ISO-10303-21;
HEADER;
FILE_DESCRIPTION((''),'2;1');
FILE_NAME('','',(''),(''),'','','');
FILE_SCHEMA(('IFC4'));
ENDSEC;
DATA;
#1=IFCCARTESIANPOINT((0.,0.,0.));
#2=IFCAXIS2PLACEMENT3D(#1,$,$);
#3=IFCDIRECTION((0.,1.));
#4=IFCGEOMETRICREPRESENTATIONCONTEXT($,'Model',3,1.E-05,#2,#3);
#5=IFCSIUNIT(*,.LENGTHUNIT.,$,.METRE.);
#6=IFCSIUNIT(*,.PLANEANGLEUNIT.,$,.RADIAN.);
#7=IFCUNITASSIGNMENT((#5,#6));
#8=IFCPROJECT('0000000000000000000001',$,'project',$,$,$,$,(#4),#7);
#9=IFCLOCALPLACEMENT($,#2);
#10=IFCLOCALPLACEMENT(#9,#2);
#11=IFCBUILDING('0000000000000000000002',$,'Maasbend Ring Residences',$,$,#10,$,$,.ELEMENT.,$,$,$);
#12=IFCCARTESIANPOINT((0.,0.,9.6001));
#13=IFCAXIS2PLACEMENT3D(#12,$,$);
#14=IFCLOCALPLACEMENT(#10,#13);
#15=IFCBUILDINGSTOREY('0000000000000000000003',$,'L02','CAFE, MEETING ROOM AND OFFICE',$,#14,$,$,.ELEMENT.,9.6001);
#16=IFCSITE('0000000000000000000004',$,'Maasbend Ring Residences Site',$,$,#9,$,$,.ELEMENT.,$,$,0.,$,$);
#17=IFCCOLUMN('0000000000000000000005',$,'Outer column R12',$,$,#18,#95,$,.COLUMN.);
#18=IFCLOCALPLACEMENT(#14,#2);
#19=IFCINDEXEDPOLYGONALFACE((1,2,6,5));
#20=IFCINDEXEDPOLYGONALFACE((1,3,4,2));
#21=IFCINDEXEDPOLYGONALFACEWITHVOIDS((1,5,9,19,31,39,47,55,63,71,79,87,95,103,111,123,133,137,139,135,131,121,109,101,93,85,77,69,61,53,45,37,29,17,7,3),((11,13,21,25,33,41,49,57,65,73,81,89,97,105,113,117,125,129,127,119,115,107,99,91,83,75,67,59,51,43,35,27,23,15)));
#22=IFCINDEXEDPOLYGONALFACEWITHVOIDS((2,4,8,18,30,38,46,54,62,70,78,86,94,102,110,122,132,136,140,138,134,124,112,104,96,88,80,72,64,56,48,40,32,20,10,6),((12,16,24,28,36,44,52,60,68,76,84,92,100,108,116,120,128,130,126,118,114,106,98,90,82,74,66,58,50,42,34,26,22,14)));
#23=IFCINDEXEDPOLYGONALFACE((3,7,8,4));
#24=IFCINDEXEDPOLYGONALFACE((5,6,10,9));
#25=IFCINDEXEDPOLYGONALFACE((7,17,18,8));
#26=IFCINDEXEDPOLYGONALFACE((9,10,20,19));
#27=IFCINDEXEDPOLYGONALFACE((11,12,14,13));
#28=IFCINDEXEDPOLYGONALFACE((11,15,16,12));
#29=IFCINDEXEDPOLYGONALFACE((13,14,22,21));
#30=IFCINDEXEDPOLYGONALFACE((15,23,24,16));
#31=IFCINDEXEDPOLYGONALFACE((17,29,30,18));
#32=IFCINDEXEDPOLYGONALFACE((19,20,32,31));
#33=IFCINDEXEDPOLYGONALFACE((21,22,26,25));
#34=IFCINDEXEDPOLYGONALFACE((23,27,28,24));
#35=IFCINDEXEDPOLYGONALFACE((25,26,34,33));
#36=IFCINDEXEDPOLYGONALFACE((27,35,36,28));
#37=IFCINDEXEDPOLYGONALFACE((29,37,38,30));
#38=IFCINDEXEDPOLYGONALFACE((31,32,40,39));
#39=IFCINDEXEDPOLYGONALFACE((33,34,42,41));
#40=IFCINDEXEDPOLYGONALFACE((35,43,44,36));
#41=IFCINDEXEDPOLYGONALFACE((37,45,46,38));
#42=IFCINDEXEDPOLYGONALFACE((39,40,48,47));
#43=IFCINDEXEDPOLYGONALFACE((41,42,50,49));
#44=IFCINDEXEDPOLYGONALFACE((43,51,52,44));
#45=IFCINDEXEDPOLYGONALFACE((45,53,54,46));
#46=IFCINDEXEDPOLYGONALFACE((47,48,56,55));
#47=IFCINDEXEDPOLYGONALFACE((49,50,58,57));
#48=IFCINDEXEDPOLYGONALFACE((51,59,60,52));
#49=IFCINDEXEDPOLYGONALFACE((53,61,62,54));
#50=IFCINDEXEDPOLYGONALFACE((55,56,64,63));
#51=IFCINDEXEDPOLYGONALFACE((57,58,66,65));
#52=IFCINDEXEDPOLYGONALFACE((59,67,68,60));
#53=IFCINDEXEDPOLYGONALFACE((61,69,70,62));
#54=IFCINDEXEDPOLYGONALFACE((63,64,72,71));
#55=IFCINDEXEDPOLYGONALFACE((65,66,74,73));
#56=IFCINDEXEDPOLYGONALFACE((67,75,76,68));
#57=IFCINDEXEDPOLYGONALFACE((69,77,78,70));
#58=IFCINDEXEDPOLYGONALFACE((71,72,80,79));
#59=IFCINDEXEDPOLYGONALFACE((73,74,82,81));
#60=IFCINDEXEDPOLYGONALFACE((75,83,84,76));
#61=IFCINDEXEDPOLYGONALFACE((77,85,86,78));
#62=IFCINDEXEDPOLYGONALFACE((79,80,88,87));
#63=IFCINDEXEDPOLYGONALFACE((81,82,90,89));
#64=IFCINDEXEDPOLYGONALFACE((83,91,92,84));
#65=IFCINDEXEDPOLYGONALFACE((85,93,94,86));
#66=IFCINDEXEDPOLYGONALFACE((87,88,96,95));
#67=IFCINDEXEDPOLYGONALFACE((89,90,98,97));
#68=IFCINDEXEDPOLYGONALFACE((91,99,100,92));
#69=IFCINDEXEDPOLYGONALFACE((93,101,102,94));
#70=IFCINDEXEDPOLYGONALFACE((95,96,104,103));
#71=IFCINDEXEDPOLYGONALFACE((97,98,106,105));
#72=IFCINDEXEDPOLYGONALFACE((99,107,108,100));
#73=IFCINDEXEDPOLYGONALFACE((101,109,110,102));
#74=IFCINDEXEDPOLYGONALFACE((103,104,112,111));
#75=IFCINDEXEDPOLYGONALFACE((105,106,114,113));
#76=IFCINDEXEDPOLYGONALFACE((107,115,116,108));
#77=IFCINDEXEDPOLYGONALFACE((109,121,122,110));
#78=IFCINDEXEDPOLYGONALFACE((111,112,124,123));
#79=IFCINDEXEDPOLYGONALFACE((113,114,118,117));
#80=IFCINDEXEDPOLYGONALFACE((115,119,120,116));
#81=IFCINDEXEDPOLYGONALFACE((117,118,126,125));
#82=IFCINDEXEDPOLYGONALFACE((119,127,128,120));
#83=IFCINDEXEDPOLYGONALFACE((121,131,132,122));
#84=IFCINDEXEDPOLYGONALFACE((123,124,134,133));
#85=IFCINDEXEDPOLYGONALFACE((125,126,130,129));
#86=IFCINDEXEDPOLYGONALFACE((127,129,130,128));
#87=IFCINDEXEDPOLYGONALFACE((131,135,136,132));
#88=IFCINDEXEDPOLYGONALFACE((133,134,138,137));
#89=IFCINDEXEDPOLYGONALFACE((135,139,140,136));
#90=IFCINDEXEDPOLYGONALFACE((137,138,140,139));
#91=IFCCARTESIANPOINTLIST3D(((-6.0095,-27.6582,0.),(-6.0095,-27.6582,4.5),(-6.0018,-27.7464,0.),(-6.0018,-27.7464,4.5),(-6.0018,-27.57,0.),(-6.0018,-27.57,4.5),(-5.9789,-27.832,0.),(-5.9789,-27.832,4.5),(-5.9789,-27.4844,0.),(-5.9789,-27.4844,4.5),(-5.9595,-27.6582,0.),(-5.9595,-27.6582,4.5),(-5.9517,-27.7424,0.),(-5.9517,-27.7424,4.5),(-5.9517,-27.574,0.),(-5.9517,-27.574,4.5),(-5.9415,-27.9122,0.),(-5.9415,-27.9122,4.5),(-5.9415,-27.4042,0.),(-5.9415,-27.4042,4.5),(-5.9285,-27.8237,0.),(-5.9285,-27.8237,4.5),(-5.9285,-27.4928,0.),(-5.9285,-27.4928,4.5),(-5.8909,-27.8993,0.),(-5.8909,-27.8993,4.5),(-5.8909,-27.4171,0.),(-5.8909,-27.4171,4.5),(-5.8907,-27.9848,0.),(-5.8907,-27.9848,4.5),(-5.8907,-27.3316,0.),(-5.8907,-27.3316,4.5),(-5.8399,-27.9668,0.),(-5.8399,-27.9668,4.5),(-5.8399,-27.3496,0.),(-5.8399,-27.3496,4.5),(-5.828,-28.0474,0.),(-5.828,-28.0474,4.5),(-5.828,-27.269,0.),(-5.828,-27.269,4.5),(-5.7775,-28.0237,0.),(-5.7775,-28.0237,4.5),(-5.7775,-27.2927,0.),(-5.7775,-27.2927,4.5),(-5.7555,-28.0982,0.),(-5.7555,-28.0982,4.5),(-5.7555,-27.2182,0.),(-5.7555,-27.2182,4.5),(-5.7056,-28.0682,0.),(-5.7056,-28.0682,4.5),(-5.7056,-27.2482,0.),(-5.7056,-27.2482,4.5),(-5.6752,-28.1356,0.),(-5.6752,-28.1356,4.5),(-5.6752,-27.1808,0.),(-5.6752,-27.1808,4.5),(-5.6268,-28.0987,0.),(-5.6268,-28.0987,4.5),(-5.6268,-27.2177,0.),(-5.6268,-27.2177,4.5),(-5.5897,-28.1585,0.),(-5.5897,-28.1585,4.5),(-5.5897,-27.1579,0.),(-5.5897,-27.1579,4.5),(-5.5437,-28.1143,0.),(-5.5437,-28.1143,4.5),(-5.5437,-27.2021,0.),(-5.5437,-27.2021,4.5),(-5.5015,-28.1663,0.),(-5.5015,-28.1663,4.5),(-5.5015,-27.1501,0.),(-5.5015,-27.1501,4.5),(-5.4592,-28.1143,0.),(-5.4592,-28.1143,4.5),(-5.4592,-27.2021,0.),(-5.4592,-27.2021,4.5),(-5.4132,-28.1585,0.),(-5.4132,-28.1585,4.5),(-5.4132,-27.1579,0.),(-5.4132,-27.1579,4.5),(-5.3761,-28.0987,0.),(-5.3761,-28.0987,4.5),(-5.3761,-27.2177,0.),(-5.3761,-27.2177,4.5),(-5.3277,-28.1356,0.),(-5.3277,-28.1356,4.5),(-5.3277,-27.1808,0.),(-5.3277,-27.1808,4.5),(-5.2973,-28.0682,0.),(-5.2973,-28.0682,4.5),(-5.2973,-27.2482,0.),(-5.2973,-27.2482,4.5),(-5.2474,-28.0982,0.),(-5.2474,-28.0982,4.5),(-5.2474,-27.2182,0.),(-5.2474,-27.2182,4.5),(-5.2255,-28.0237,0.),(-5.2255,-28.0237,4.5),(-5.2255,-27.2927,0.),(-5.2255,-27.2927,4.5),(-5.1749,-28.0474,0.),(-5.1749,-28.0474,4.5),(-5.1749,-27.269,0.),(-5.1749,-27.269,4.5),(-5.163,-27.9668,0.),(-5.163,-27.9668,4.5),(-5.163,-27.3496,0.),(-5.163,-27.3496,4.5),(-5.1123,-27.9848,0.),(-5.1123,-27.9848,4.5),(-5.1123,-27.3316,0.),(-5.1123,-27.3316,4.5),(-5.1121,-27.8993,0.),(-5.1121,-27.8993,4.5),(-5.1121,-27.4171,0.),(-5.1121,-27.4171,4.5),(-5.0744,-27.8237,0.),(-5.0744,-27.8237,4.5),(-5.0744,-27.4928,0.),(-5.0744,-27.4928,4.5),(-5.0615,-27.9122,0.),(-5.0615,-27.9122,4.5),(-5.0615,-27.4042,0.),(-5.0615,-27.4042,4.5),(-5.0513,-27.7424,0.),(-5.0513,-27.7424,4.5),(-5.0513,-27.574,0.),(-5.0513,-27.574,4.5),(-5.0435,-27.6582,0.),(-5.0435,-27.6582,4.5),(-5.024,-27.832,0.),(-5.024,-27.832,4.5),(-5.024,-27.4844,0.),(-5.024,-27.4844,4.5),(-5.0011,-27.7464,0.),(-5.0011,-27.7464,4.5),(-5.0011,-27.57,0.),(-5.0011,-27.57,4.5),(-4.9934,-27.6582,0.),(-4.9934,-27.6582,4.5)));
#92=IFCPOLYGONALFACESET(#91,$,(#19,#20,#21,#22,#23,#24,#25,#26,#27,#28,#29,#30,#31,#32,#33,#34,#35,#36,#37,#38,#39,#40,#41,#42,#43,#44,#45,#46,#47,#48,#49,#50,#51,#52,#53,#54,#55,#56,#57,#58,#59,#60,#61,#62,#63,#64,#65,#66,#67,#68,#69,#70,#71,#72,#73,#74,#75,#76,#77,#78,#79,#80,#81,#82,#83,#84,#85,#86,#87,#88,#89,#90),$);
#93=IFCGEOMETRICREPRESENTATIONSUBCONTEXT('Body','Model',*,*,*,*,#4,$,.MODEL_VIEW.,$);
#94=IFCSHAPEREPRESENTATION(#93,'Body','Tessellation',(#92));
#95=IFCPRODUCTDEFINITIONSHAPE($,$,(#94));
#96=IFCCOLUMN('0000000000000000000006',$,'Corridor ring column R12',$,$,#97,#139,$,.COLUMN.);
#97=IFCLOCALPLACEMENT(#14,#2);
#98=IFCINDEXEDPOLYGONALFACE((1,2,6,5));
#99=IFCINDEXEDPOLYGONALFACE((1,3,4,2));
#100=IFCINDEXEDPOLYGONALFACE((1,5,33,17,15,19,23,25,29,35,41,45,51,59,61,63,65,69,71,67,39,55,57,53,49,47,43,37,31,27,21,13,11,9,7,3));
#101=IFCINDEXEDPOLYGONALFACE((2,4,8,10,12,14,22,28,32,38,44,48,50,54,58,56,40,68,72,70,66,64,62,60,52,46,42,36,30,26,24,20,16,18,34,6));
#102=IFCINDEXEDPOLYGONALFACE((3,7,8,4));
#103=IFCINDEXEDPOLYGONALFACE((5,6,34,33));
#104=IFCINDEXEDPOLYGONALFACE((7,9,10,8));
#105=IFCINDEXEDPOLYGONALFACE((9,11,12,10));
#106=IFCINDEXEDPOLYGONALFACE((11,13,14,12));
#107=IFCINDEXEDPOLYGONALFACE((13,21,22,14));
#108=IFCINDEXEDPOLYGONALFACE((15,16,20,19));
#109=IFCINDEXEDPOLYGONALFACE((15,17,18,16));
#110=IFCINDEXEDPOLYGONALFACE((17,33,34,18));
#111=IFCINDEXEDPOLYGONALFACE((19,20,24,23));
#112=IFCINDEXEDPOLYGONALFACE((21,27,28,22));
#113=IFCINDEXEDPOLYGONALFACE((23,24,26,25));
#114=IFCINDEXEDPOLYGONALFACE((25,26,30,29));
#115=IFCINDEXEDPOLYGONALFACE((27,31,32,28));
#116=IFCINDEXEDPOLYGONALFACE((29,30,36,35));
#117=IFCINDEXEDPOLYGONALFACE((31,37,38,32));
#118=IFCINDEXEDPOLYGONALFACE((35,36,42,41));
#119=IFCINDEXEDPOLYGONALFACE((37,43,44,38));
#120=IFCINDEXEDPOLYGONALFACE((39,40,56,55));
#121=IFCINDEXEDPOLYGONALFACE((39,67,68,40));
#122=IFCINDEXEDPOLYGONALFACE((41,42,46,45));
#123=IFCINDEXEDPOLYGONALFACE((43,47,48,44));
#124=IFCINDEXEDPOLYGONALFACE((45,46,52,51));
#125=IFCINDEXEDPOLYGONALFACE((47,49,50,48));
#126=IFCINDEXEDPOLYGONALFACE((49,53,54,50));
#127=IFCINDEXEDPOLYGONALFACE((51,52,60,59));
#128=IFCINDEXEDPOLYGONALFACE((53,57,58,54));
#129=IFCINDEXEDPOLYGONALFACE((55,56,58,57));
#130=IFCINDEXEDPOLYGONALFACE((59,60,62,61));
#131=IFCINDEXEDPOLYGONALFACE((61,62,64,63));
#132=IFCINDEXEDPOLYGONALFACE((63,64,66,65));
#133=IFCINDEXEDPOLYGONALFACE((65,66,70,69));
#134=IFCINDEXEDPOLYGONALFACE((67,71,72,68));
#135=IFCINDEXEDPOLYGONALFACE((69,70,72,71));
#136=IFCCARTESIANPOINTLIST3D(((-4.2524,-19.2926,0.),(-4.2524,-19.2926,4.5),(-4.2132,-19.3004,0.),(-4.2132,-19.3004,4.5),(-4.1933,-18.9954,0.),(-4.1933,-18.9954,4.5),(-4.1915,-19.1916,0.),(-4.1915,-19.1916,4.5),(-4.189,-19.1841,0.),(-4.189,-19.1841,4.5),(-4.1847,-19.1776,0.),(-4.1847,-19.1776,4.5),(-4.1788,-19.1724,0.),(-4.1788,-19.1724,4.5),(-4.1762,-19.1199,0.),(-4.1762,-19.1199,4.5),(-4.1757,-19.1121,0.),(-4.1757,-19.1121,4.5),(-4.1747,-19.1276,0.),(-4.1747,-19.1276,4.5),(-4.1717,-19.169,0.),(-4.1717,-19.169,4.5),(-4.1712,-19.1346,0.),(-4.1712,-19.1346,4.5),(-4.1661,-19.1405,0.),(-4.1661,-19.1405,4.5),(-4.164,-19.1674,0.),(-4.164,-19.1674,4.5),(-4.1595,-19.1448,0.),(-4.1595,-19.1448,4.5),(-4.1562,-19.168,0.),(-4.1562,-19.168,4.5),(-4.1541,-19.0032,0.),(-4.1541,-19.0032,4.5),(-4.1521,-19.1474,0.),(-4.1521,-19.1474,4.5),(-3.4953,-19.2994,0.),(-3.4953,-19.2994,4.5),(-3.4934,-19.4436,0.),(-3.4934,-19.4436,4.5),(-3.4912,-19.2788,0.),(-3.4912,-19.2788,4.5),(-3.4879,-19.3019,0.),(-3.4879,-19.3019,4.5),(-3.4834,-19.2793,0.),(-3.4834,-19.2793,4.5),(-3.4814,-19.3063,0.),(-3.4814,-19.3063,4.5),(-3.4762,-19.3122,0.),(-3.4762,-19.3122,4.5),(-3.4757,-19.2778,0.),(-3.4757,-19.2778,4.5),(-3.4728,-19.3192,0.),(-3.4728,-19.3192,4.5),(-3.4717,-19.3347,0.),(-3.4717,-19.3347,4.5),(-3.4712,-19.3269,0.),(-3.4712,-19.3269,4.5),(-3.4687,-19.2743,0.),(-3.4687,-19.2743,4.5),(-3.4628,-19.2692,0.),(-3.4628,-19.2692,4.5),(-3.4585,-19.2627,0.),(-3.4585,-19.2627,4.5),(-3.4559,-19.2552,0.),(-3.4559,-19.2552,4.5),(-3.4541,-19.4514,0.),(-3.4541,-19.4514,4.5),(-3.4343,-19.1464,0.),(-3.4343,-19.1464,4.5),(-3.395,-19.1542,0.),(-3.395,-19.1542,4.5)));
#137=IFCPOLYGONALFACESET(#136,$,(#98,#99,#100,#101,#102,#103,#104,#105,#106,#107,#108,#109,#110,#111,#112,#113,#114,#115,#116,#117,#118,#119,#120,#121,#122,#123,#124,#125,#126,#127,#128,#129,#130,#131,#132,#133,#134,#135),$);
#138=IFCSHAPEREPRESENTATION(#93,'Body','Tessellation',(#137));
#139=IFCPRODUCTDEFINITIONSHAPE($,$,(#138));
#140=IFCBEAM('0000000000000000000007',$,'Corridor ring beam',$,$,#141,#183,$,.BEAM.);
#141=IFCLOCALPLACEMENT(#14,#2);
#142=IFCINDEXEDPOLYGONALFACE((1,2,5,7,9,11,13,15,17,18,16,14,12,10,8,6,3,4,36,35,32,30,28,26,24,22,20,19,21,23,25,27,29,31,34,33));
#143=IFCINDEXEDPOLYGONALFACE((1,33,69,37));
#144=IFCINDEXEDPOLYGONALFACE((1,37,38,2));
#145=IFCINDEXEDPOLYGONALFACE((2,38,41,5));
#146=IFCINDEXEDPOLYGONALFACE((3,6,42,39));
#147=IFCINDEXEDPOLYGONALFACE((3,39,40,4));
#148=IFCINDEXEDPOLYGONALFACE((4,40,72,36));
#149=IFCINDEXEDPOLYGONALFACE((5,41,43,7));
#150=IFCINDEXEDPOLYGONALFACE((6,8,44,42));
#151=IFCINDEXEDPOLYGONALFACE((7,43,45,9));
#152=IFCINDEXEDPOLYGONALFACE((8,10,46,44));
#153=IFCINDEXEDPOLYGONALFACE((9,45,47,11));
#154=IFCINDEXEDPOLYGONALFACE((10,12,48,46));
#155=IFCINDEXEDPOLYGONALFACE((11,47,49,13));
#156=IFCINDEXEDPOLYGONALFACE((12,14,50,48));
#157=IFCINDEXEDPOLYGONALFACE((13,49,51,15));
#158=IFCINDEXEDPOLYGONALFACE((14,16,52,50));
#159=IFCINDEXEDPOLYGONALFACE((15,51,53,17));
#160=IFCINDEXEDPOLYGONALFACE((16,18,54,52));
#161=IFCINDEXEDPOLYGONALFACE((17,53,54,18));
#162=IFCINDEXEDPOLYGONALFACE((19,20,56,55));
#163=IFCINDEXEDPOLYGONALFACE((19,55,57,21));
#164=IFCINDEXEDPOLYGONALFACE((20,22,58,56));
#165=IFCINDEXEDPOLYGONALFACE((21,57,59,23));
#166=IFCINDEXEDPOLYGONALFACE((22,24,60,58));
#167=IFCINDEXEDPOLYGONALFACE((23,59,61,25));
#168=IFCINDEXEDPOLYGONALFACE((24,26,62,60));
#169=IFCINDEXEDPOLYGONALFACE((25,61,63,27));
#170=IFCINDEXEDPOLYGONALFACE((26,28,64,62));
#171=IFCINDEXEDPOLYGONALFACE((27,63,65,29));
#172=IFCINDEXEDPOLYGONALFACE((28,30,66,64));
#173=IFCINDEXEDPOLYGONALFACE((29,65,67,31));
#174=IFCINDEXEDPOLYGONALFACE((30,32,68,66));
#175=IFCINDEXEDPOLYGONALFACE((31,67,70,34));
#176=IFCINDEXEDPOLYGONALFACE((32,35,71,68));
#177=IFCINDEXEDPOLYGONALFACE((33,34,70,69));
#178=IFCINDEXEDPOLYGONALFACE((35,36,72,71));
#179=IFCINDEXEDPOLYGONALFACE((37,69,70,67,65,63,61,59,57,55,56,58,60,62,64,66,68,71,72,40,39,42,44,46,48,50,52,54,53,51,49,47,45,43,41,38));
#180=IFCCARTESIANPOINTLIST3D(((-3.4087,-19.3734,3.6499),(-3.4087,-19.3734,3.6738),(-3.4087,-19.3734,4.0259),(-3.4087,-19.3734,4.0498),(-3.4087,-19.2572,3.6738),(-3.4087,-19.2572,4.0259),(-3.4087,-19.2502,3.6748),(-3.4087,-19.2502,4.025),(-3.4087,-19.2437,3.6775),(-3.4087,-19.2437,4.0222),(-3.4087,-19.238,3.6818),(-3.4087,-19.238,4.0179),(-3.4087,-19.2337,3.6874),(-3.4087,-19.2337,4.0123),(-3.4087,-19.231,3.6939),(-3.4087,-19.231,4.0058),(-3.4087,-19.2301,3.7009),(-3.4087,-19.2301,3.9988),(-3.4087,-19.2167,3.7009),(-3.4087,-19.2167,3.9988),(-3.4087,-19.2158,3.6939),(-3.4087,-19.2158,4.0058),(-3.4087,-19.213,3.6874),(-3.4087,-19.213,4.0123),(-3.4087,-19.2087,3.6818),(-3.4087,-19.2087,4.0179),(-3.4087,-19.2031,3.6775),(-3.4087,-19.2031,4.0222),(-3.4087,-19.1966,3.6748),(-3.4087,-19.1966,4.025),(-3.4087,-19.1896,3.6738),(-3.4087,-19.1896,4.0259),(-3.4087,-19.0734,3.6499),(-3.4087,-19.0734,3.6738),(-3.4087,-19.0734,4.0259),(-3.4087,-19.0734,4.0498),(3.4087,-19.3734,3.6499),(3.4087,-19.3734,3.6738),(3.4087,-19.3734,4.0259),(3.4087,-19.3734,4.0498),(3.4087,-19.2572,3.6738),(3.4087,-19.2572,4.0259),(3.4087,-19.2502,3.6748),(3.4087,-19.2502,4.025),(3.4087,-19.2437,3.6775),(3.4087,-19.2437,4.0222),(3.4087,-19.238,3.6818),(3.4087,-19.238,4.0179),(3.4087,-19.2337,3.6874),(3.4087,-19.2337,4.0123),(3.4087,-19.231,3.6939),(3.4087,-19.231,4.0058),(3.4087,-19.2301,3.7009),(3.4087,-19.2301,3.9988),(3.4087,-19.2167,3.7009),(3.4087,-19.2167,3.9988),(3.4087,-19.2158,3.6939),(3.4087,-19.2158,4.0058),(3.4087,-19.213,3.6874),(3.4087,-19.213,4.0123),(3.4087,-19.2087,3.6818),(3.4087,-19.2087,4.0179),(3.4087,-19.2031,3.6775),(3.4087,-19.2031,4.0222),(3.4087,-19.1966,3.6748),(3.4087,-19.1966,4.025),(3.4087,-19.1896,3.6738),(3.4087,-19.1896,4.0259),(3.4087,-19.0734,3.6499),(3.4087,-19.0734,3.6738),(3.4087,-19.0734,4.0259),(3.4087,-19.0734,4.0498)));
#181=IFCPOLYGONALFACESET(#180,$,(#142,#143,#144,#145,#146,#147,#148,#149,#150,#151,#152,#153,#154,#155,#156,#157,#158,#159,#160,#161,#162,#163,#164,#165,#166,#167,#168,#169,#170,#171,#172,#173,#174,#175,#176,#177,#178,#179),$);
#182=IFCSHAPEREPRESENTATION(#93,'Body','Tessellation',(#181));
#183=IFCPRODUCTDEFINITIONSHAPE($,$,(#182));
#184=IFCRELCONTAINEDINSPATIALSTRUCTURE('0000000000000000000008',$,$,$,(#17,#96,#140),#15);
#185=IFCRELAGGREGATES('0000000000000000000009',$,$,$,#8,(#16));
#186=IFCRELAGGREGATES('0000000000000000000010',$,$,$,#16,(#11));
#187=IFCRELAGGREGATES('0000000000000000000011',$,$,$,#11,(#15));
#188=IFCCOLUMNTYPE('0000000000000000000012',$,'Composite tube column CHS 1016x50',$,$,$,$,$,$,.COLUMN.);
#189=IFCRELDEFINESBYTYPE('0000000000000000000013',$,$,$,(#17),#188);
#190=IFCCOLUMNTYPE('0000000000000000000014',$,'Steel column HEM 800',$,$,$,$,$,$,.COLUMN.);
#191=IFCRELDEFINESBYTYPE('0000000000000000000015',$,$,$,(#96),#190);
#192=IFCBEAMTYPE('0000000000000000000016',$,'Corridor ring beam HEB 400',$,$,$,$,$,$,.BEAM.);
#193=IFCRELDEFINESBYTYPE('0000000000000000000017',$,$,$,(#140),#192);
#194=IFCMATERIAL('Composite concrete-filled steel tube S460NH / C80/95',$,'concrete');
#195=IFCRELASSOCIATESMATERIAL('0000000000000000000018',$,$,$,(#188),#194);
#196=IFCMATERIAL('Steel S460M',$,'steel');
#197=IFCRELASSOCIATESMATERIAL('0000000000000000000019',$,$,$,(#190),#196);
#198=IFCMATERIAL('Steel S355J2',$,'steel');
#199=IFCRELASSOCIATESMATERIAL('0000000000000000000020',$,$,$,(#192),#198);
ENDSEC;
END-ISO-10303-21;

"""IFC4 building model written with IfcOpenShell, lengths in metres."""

from ifc_helpers import new_model, si_unit, direction, frame, origin, origin_2d, place, context, subcontext, project, spatial, hollow_circle, i_section, extrude, material, material_profile, profile_set, type_object, element, save


model = new_model("IFC4")

# Units and contexts
model_context = context("Model", 3, precision=1e-05, world=origin(), true_north=direction((0.0, 1.0)))
body_context = subcontext(model_context, "Body", "Model", "MODEL_VIEW")
ifc_project = project(units=[si_unit("LENGTHUNIT", "METRE"), si_unit("PLANEANGLEUNIT", "RADIAN")], contexts=[model_context])

# Site, building, storey
site_placement = place(None, origin())
site = spatial("IfcSite", under=ifc_project, at=site_placement, Name="Maasbend Ring Residences Site", CompositionType="ELEMENT", RefElevation=0.0)
building_placement = place(site_placement, origin())
building = spatial("IfcBuilding", under=site, at=building_placement, Name="Maasbend Ring Residences", CompositionType="ELEMENT")
storey_placement = place(building_placement, frame((0.0, 0.0, 9.6001)))
storey = spatial("IfcBuildingStorey", under=building, at=storey_placement, Name="L02", Description="CAFE, MEETING ROOM AND OFFICE", CompositionType="ELEMENT", Elevation=9.6001)

# Columns
ifc_material_1 = material(Name="Composite concrete-filled steel tube S460NH / C80/95", Category="concrete")
ifc_material_profile_1 = material_profile(ifc_material_1, hollow_circle(Radius=0.5081, WallThickness=0.05, at=origin_2d()), Name="Composite tube column CHS 1016x50")
ifc_profile_set_1 = profile_set([ifc_material_profile_1], Name="Composite concrete-filled steel tube S460NH / C80/95")
column_type_1 = type_object("IfcColumnType", Name="Composite tube column CHS 1016x50", PredefinedType="COLUMN", material=ifc_profile_set_1)
column_1_placement = place(storey_placement, frame((-5.5015, -27.6582, 0.0), z_axis=(0.0, 0.0, 1.0), x_axis=(1.0, 0.0, 0.0)))
element("IfcColumn", 1, at=column_1_placement, inside=storey, type_object=column_type_1, Name="Outer column R12", PredefinedType="COLUMN", context=body_context, shape_type="SweptSolid", body=[
    extrude(hollow_circle(Radius=0.5081, WallThickness=0.05, at=origin_2d()), origin(), (0.0, 0.0, 1.0), 4.5),
])
ifc_material_2 = material(Name="Steel S460M", Category="steel")
ifc_material_profile_2 = material_profile(ifc_material_2, i_section(OverallWidth=0.303, OverallDepth=0.814, WebThickness=0.021, FlangeThickness=0.04, FilletRadius=0.03, at=origin_2d()), Name="HEM 800")
ifc_profile_set_2 = profile_set([ifc_material_profile_2], Name="Steel S460M")
column_type_2 = type_object("IfcColumnType", Name="Steel column HEM 800", PredefinedType="COLUMN", material=ifc_profile_set_2)
column_2_placement = place(storey_placement, frame((-3.8237, -19.2234, 0.0), z_axis=(0.0, 0.0, 1.0), x_axis=(-0.19509, -0.980785, 0.0)))
element("IfcColumn", 2, at=column_2_placement, inside=storey, type_object=column_type_2, Name="Corridor ring column R12", PredefinedType="COLUMN", context=body_context, shape_type="SweptSolid", body=[
    extrude(i_section(OverallWidth=0.303, OverallDepth=0.814, WebThickness=0.021, FlangeThickness=0.04, FilletRadius=0.03, at=origin_2d()), origin(), (0.0, 0.0, 1.0), 4.5),
])

# Beam
ifc_material_3 = material(Name="Steel S355J2", Category="steel")
ifc_material_profile_3 = material_profile(ifc_material_3, i_section(OverallWidth=0.3, OverallDepth=0.3999, WebThickness=0.0134, FlangeThickness=0.0239, FilletRadius=0.0271, at=origin_2d()), Name="HEB 400")
ifc_profile_set_3 = profile_set([ifc_material_profile_3], Name="Steel S355J2")
beam_type = type_object("IfcBeamType", Name="Corridor ring beam HEB 400", PredefinedType="BEAM", material=ifc_profile_set_3)
beam_placement = place(storey_placement, frame((-3.4087, -19.2234, 3.8499), z_axis=(1.0, 0.0, 0.0), x_axis=(0.0, 1.0, 0.0)))
element("IfcBeam", 3, at=beam_placement, inside=storey, type_object=beam_type, Name="Corridor ring beam", PredefinedType="BEAM", context=body_context, shape_type="SweptSolid", body=[
    extrude(i_section(OverallWidth=0.3, OverallDepth=0.3999, WebThickness=0.0134, FlangeThickness=0.0239, FilletRadius=0.0271, at=origin_2d()), origin(), (0.0, 0.0, 1.0), 6.8174),
])

save(model, "model.ifc")
